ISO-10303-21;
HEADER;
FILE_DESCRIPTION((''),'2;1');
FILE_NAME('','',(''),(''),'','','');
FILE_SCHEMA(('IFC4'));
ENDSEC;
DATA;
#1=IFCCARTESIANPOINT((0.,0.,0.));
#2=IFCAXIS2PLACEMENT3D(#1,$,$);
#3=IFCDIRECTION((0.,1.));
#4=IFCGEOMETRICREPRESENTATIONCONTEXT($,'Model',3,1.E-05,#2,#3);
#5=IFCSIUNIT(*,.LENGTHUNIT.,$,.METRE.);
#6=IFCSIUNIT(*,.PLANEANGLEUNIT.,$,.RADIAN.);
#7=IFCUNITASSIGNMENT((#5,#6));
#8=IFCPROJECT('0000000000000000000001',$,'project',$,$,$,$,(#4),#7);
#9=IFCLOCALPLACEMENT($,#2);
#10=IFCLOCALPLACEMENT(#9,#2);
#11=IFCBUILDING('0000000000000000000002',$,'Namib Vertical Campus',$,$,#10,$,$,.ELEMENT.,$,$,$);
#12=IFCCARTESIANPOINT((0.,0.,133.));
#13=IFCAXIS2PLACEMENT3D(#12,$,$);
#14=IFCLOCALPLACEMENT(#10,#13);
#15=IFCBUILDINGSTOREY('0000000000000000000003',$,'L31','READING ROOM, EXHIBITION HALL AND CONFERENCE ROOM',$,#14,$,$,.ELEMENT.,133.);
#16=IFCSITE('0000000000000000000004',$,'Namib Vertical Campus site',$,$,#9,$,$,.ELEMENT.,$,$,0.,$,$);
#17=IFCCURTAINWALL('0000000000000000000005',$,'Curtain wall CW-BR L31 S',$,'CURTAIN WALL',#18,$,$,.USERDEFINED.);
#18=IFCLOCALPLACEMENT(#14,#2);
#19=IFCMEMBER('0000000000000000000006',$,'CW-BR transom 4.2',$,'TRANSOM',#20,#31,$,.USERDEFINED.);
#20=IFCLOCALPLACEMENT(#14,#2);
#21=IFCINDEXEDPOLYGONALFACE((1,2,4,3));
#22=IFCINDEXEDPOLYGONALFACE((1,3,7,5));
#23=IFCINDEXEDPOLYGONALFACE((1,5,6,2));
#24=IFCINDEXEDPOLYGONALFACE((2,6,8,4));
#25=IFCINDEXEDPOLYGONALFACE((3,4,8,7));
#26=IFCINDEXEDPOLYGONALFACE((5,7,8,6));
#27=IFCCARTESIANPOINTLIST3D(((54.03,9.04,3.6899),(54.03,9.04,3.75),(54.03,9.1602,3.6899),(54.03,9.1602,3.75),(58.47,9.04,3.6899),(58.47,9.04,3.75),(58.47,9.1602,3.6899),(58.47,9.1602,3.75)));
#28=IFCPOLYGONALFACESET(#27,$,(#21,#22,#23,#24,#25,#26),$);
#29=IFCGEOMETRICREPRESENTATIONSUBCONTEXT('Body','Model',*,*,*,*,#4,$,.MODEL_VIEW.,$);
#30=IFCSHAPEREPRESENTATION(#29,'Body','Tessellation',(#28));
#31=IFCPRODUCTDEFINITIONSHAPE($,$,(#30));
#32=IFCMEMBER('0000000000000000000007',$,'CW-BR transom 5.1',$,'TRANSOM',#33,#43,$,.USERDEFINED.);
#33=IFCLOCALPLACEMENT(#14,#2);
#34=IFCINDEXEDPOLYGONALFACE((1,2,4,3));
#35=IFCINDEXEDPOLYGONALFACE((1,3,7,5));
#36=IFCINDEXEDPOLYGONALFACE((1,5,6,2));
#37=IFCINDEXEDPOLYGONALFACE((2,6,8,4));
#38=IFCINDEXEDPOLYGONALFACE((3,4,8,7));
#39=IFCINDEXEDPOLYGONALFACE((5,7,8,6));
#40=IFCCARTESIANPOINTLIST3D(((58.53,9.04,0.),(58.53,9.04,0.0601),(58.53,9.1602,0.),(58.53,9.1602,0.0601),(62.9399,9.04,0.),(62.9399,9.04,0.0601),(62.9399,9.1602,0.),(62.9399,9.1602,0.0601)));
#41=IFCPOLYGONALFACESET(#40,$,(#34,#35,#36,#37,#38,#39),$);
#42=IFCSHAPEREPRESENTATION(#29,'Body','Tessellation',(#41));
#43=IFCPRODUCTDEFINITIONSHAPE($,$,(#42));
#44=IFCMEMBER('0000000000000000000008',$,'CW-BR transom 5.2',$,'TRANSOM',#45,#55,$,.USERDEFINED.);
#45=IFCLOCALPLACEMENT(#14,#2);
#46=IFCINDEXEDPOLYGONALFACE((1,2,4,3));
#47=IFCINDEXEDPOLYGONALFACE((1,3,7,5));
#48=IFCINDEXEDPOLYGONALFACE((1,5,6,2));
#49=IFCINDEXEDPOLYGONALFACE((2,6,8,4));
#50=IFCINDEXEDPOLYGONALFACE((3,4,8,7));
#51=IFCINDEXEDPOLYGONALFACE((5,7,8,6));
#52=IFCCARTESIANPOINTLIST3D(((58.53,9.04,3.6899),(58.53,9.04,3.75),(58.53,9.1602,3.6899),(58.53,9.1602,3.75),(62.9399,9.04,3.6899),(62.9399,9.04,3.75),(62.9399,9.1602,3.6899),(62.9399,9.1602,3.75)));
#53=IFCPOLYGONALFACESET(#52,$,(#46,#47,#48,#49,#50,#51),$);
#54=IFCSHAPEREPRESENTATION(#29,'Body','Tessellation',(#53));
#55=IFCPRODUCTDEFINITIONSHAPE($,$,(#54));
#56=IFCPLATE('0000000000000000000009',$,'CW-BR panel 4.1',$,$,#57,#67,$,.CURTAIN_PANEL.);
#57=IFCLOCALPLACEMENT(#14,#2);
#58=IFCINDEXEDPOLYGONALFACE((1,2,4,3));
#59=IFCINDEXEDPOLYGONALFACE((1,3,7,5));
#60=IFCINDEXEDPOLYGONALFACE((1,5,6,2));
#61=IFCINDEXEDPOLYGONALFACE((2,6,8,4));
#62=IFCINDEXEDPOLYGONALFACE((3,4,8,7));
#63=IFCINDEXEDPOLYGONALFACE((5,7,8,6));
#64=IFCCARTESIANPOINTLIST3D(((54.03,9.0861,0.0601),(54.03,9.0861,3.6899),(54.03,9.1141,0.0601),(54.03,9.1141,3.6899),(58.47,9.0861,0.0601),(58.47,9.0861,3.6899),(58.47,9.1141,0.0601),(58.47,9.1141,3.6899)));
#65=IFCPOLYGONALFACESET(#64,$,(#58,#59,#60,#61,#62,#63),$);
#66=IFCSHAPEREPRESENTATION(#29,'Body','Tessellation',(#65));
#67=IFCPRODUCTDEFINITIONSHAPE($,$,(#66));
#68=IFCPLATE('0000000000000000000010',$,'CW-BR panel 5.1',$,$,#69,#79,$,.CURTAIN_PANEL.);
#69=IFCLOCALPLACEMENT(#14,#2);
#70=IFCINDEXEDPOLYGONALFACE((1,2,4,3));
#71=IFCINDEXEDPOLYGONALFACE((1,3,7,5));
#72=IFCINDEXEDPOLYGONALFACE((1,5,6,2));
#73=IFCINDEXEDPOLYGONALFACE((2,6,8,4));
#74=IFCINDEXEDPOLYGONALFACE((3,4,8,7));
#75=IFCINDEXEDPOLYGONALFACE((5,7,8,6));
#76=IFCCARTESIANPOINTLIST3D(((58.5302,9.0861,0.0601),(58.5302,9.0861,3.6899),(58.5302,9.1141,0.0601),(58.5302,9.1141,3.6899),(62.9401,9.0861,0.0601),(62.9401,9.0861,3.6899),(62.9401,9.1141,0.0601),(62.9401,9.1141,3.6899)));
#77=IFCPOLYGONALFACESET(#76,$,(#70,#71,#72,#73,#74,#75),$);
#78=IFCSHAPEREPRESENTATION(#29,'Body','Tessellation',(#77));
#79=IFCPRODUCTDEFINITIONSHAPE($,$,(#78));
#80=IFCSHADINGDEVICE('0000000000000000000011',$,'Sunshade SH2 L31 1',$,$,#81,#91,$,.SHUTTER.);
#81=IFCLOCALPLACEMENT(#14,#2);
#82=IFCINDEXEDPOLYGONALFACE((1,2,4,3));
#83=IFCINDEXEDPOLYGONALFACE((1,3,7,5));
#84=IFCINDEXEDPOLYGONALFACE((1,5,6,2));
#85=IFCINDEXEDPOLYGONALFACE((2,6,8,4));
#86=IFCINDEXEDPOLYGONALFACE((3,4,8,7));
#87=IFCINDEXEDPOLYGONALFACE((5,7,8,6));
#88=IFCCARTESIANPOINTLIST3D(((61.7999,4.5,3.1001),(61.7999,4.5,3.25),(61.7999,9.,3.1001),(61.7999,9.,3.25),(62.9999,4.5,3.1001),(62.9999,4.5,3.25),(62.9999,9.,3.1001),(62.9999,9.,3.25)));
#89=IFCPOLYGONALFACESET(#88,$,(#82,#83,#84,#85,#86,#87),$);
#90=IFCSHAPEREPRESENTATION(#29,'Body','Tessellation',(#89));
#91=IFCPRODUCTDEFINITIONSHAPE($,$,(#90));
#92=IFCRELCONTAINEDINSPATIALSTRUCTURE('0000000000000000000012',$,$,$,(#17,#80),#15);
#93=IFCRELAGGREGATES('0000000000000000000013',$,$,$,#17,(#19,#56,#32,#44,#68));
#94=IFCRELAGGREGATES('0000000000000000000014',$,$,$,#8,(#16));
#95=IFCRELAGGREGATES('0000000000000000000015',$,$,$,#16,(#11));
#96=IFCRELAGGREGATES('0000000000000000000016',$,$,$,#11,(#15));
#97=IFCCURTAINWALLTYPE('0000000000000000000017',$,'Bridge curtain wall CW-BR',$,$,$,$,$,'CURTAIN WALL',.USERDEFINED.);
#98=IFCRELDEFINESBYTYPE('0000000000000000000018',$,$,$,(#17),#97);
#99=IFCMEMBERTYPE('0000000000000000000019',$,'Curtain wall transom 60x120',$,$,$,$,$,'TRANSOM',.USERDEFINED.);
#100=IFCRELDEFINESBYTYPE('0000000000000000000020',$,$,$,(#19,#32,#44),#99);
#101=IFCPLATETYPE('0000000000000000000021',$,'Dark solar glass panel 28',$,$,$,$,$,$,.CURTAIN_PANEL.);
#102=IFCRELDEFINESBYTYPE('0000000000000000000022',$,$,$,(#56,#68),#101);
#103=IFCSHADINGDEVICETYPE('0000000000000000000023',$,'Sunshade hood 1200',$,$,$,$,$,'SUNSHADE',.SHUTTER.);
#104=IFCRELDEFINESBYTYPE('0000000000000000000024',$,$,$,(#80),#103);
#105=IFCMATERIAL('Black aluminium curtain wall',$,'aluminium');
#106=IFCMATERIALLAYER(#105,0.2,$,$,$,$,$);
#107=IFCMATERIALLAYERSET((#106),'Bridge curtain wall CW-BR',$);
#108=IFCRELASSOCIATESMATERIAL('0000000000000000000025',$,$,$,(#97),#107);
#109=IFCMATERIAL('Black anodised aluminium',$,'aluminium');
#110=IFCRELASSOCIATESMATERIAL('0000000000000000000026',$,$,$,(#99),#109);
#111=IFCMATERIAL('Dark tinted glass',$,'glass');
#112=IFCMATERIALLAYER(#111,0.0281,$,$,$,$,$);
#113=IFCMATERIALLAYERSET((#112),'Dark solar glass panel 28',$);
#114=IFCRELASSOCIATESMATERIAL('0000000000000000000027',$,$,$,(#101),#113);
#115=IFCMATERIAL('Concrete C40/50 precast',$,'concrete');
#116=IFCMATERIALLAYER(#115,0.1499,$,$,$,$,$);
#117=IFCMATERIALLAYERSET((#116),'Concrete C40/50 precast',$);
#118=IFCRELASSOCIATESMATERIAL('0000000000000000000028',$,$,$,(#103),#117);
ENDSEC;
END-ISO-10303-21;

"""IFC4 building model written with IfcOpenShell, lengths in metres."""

from ifc_helpers import new_model, si_unit, direction, frame, origin, origin_2d, place, context, subcontext, project, spatial, rectangle, extrude, material, layer, layer_set, material_profile, profile_set, type_object, element, aggregate, save


model = new_model("IFC4")

# Units and contexts
model_context = context("Model", 3, precision=1e-05, world=origin(), true_north=direction((0.0, 1.0)))
body_context = subcontext(model_context, "Body", "Model", "MODEL_VIEW")
ifc_project = project(units=[si_unit("LENGTHUNIT", "METRE"), si_unit("PLANEANGLEUNIT", "RADIAN")], contexts=[model_context])

# Site, building, storey
site_placement = place(None, origin())
site = spatial("IfcSite", under=ifc_project, at=site_placement, Name="Namib Vertical Campus site", CompositionType="ELEMENT", RefElevation=0.0)
building_placement = place(site_placement, origin())
building = spatial("IfcBuilding", under=site, at=building_placement, Name="Namib Vertical Campus", CompositionType="ELEMENT")
storey_placement = place(building_placement, frame((0.0, 0.0, 133.0)))
storey = spatial("IfcBuildingStorey", under=building, at=storey_placement, Name="L31", Description="READING ROOM, EXHIBITION HALL AND CONFERENCE ROOM", CompositionType="ELEMENT", Elevation=133.0)

# Curtain wall, members, plates
ifc_material_1 = material(Name="Black aluminium curtain wall", Category="aluminium")
ifc_layer_1 = layer(ifc_material_1, 0.2)
ifc_layer_set_1 = layer_set([ifc_layer_1], Name="Bridge curtain wall CW-BR")
curtain_wall_type = type_object("IfcCurtainWallType", Name="Bridge curtain wall CW-BR", ElementType="CURTAIN WALL", PredefinedType="USERDEFINED", material=ifc_layer_set_1)
curtain_wall_placement = place(storey_placement, origin())
curtain_wall = element("IfcCurtainWall", 1, at=curtain_wall_placement, inside=storey, type_object=curtain_wall_type, Name="Curtain wall CW-BR L31 S", ObjectType="CURTAIN WALL", PredefinedType="USERDEFINED")
ifc_material_2 = material(Name="Black anodised aluminium", Category="aluminium")
ifc_material_profile_1 = material_profile(ifc_material_2, rectangle(XDim=0.0601, YDim=0.1201, at=origin_2d()))
ifc_profile_set_1 = profile_set([ifc_material_profile_1], Name="Black anodised aluminium")
member_type_1 = type_object("IfcMemberType", Name="Curtain wall transom 60x120", ElementType="TRANSOM", PredefinedType="USERDEFINED", material=ifc_profile_set_1)
member_1_placement = place(storey_placement, frame((54.03, 9.1001, 3.72), z_axis=(1.0, 0.0, 0.0), x_axis=(0.0, 0.0, 1.0)))
member_1 = element("IfcMember", 2, at=member_1_placement, type_object=member_type_1, Name="CW-BR transom 4.2", ObjectType="TRANSOM", PredefinedType="USERDEFINED", context=body_context, shape_type="SweptSolid", body=[
    extrude(rectangle(XDim=0.0601, YDim=0.1201, at=origin_2d()), origin(), (0.0, 0.0, 1.0), 4.4399),
])
member_2_placement = place(storey_placement, frame((58.53, 9.1001, 0.03), z_axis=(1.0, 0.0, 0.0), x_axis=(0.0, 0.0, 1.0)))
member_2 = element("IfcMember", 3, at=member_2_placement, type_object=member_type_1, Name="CW-BR transom 5.1", ObjectType="TRANSOM", PredefinedType="USERDEFINED", context=body_context, shape_type="SweptSolid", body=[
    extrude(rectangle(XDim=0.0601, YDim=0.1201, at=origin_2d()), origin(), (0.0, 0.0, 1.0), 4.4099),
])
member_3_placement = place(storey_placement, frame((58.53, 9.1001, 3.72), z_axis=(1.0, 0.0, 0.0), x_axis=(0.0, 0.0, 1.0)))
member_3 = element("IfcMember", 4, at=member_3_placement, type_object=member_type_1, Name="CW-BR transom 5.2", ObjectType="TRANSOM", PredefinedType="USERDEFINED", context=body_context, shape_type="SweptSolid", body=[
    extrude(rectangle(XDim=0.0601, YDim=0.1201, at=origin_2d()), origin(), (0.0, 0.0, 1.0), 4.4099),
])
ifc_material_3 = material(Name="Dark tinted glass", Category="glass")
ifc_layer_2 = layer(ifc_material_3, 0.0281)
ifc_layer_set_2 = layer_set([ifc_layer_2], Name="Dark solar glass panel 28")
plate_type = type_object("IfcPlateType", Name="Dark solar glass panel 28", PredefinedType="CURTAIN_PANEL", material=ifc_layer_set_2)
plate_1_placement = place(storey_placement, frame((56.25, 9.1001, 0.0601), z_axis=(0.0, 0.0, 1.0), x_axis=(1.0, 0.0, 0.0)))
plate_1 = element("IfcPlate", 5, at=plate_1_placement, type_object=plate_type, Name="CW-BR panel 4.1", PredefinedType="CURTAIN_PANEL", context=body_context, shape_type="SweptSolid", body=[
    extrude(rectangle(XDim=4.4399, YDim=0.0281, at=origin_2d()), origin(), (0.0, 0.0, 1.0), 3.6299),
])
plate_2_placement = place(storey_placement, frame((60.7351, 9.1001, 0.0601), z_axis=(0.0, 0.0, 1.0), x_axis=(1.0, 0.0, 0.0)))
plate_2 = element("IfcPlate", 6, at=plate_2_placement, type_object=plate_type, Name="CW-BR panel 5.1", PredefinedType="CURTAIN_PANEL", context=body_context, shape_type="SweptSolid", body=[
    extrude(rectangle(XDim=4.4099, YDim=0.0281, at=origin_2d()), origin(), (0.0, 0.0, 1.0), 3.6299),
])
aggregate(curtain_wall, [member_1, plate_1, member_2, member_3, plate_2])

# Shading device
ifc_material_4 = material(Name="Concrete C40/50 precast", Category="concrete")
ifc_layer_3 = layer(ifc_material_4, 0.1499)
ifc_layer_set_3 = layer_set([ifc_layer_3], Name="Concrete C40/50 precast")
shading_device_type = type_object("IfcShadingDeviceType", Name="Sunshade hood 1200", ElementType="SUNSHADE", PredefinedType="SHUTTER", material=ifc_layer_set_3)
shading_device_placement = place(storey_placement, frame((62.3999, 6.75, 3.1001), z_axis=(0.0, 0.0, 1.0), x_axis=(0.0, -1.0, 0.0)))
element("IfcShadingDevice", 7, at=shading_device_placement, inside=storey, type_object=shading_device_type, Name="Sunshade SH2 L31 1", PredefinedType="SHUTTER", context=body_context, shape_type="SweptSolid", body=[
    extrude(rectangle(XDim=4.5, YDim=1.2, at=origin_2d()), origin(), (0.0, 0.0, 1.0), 0.1499),
])

save(model, "model.ifc")
